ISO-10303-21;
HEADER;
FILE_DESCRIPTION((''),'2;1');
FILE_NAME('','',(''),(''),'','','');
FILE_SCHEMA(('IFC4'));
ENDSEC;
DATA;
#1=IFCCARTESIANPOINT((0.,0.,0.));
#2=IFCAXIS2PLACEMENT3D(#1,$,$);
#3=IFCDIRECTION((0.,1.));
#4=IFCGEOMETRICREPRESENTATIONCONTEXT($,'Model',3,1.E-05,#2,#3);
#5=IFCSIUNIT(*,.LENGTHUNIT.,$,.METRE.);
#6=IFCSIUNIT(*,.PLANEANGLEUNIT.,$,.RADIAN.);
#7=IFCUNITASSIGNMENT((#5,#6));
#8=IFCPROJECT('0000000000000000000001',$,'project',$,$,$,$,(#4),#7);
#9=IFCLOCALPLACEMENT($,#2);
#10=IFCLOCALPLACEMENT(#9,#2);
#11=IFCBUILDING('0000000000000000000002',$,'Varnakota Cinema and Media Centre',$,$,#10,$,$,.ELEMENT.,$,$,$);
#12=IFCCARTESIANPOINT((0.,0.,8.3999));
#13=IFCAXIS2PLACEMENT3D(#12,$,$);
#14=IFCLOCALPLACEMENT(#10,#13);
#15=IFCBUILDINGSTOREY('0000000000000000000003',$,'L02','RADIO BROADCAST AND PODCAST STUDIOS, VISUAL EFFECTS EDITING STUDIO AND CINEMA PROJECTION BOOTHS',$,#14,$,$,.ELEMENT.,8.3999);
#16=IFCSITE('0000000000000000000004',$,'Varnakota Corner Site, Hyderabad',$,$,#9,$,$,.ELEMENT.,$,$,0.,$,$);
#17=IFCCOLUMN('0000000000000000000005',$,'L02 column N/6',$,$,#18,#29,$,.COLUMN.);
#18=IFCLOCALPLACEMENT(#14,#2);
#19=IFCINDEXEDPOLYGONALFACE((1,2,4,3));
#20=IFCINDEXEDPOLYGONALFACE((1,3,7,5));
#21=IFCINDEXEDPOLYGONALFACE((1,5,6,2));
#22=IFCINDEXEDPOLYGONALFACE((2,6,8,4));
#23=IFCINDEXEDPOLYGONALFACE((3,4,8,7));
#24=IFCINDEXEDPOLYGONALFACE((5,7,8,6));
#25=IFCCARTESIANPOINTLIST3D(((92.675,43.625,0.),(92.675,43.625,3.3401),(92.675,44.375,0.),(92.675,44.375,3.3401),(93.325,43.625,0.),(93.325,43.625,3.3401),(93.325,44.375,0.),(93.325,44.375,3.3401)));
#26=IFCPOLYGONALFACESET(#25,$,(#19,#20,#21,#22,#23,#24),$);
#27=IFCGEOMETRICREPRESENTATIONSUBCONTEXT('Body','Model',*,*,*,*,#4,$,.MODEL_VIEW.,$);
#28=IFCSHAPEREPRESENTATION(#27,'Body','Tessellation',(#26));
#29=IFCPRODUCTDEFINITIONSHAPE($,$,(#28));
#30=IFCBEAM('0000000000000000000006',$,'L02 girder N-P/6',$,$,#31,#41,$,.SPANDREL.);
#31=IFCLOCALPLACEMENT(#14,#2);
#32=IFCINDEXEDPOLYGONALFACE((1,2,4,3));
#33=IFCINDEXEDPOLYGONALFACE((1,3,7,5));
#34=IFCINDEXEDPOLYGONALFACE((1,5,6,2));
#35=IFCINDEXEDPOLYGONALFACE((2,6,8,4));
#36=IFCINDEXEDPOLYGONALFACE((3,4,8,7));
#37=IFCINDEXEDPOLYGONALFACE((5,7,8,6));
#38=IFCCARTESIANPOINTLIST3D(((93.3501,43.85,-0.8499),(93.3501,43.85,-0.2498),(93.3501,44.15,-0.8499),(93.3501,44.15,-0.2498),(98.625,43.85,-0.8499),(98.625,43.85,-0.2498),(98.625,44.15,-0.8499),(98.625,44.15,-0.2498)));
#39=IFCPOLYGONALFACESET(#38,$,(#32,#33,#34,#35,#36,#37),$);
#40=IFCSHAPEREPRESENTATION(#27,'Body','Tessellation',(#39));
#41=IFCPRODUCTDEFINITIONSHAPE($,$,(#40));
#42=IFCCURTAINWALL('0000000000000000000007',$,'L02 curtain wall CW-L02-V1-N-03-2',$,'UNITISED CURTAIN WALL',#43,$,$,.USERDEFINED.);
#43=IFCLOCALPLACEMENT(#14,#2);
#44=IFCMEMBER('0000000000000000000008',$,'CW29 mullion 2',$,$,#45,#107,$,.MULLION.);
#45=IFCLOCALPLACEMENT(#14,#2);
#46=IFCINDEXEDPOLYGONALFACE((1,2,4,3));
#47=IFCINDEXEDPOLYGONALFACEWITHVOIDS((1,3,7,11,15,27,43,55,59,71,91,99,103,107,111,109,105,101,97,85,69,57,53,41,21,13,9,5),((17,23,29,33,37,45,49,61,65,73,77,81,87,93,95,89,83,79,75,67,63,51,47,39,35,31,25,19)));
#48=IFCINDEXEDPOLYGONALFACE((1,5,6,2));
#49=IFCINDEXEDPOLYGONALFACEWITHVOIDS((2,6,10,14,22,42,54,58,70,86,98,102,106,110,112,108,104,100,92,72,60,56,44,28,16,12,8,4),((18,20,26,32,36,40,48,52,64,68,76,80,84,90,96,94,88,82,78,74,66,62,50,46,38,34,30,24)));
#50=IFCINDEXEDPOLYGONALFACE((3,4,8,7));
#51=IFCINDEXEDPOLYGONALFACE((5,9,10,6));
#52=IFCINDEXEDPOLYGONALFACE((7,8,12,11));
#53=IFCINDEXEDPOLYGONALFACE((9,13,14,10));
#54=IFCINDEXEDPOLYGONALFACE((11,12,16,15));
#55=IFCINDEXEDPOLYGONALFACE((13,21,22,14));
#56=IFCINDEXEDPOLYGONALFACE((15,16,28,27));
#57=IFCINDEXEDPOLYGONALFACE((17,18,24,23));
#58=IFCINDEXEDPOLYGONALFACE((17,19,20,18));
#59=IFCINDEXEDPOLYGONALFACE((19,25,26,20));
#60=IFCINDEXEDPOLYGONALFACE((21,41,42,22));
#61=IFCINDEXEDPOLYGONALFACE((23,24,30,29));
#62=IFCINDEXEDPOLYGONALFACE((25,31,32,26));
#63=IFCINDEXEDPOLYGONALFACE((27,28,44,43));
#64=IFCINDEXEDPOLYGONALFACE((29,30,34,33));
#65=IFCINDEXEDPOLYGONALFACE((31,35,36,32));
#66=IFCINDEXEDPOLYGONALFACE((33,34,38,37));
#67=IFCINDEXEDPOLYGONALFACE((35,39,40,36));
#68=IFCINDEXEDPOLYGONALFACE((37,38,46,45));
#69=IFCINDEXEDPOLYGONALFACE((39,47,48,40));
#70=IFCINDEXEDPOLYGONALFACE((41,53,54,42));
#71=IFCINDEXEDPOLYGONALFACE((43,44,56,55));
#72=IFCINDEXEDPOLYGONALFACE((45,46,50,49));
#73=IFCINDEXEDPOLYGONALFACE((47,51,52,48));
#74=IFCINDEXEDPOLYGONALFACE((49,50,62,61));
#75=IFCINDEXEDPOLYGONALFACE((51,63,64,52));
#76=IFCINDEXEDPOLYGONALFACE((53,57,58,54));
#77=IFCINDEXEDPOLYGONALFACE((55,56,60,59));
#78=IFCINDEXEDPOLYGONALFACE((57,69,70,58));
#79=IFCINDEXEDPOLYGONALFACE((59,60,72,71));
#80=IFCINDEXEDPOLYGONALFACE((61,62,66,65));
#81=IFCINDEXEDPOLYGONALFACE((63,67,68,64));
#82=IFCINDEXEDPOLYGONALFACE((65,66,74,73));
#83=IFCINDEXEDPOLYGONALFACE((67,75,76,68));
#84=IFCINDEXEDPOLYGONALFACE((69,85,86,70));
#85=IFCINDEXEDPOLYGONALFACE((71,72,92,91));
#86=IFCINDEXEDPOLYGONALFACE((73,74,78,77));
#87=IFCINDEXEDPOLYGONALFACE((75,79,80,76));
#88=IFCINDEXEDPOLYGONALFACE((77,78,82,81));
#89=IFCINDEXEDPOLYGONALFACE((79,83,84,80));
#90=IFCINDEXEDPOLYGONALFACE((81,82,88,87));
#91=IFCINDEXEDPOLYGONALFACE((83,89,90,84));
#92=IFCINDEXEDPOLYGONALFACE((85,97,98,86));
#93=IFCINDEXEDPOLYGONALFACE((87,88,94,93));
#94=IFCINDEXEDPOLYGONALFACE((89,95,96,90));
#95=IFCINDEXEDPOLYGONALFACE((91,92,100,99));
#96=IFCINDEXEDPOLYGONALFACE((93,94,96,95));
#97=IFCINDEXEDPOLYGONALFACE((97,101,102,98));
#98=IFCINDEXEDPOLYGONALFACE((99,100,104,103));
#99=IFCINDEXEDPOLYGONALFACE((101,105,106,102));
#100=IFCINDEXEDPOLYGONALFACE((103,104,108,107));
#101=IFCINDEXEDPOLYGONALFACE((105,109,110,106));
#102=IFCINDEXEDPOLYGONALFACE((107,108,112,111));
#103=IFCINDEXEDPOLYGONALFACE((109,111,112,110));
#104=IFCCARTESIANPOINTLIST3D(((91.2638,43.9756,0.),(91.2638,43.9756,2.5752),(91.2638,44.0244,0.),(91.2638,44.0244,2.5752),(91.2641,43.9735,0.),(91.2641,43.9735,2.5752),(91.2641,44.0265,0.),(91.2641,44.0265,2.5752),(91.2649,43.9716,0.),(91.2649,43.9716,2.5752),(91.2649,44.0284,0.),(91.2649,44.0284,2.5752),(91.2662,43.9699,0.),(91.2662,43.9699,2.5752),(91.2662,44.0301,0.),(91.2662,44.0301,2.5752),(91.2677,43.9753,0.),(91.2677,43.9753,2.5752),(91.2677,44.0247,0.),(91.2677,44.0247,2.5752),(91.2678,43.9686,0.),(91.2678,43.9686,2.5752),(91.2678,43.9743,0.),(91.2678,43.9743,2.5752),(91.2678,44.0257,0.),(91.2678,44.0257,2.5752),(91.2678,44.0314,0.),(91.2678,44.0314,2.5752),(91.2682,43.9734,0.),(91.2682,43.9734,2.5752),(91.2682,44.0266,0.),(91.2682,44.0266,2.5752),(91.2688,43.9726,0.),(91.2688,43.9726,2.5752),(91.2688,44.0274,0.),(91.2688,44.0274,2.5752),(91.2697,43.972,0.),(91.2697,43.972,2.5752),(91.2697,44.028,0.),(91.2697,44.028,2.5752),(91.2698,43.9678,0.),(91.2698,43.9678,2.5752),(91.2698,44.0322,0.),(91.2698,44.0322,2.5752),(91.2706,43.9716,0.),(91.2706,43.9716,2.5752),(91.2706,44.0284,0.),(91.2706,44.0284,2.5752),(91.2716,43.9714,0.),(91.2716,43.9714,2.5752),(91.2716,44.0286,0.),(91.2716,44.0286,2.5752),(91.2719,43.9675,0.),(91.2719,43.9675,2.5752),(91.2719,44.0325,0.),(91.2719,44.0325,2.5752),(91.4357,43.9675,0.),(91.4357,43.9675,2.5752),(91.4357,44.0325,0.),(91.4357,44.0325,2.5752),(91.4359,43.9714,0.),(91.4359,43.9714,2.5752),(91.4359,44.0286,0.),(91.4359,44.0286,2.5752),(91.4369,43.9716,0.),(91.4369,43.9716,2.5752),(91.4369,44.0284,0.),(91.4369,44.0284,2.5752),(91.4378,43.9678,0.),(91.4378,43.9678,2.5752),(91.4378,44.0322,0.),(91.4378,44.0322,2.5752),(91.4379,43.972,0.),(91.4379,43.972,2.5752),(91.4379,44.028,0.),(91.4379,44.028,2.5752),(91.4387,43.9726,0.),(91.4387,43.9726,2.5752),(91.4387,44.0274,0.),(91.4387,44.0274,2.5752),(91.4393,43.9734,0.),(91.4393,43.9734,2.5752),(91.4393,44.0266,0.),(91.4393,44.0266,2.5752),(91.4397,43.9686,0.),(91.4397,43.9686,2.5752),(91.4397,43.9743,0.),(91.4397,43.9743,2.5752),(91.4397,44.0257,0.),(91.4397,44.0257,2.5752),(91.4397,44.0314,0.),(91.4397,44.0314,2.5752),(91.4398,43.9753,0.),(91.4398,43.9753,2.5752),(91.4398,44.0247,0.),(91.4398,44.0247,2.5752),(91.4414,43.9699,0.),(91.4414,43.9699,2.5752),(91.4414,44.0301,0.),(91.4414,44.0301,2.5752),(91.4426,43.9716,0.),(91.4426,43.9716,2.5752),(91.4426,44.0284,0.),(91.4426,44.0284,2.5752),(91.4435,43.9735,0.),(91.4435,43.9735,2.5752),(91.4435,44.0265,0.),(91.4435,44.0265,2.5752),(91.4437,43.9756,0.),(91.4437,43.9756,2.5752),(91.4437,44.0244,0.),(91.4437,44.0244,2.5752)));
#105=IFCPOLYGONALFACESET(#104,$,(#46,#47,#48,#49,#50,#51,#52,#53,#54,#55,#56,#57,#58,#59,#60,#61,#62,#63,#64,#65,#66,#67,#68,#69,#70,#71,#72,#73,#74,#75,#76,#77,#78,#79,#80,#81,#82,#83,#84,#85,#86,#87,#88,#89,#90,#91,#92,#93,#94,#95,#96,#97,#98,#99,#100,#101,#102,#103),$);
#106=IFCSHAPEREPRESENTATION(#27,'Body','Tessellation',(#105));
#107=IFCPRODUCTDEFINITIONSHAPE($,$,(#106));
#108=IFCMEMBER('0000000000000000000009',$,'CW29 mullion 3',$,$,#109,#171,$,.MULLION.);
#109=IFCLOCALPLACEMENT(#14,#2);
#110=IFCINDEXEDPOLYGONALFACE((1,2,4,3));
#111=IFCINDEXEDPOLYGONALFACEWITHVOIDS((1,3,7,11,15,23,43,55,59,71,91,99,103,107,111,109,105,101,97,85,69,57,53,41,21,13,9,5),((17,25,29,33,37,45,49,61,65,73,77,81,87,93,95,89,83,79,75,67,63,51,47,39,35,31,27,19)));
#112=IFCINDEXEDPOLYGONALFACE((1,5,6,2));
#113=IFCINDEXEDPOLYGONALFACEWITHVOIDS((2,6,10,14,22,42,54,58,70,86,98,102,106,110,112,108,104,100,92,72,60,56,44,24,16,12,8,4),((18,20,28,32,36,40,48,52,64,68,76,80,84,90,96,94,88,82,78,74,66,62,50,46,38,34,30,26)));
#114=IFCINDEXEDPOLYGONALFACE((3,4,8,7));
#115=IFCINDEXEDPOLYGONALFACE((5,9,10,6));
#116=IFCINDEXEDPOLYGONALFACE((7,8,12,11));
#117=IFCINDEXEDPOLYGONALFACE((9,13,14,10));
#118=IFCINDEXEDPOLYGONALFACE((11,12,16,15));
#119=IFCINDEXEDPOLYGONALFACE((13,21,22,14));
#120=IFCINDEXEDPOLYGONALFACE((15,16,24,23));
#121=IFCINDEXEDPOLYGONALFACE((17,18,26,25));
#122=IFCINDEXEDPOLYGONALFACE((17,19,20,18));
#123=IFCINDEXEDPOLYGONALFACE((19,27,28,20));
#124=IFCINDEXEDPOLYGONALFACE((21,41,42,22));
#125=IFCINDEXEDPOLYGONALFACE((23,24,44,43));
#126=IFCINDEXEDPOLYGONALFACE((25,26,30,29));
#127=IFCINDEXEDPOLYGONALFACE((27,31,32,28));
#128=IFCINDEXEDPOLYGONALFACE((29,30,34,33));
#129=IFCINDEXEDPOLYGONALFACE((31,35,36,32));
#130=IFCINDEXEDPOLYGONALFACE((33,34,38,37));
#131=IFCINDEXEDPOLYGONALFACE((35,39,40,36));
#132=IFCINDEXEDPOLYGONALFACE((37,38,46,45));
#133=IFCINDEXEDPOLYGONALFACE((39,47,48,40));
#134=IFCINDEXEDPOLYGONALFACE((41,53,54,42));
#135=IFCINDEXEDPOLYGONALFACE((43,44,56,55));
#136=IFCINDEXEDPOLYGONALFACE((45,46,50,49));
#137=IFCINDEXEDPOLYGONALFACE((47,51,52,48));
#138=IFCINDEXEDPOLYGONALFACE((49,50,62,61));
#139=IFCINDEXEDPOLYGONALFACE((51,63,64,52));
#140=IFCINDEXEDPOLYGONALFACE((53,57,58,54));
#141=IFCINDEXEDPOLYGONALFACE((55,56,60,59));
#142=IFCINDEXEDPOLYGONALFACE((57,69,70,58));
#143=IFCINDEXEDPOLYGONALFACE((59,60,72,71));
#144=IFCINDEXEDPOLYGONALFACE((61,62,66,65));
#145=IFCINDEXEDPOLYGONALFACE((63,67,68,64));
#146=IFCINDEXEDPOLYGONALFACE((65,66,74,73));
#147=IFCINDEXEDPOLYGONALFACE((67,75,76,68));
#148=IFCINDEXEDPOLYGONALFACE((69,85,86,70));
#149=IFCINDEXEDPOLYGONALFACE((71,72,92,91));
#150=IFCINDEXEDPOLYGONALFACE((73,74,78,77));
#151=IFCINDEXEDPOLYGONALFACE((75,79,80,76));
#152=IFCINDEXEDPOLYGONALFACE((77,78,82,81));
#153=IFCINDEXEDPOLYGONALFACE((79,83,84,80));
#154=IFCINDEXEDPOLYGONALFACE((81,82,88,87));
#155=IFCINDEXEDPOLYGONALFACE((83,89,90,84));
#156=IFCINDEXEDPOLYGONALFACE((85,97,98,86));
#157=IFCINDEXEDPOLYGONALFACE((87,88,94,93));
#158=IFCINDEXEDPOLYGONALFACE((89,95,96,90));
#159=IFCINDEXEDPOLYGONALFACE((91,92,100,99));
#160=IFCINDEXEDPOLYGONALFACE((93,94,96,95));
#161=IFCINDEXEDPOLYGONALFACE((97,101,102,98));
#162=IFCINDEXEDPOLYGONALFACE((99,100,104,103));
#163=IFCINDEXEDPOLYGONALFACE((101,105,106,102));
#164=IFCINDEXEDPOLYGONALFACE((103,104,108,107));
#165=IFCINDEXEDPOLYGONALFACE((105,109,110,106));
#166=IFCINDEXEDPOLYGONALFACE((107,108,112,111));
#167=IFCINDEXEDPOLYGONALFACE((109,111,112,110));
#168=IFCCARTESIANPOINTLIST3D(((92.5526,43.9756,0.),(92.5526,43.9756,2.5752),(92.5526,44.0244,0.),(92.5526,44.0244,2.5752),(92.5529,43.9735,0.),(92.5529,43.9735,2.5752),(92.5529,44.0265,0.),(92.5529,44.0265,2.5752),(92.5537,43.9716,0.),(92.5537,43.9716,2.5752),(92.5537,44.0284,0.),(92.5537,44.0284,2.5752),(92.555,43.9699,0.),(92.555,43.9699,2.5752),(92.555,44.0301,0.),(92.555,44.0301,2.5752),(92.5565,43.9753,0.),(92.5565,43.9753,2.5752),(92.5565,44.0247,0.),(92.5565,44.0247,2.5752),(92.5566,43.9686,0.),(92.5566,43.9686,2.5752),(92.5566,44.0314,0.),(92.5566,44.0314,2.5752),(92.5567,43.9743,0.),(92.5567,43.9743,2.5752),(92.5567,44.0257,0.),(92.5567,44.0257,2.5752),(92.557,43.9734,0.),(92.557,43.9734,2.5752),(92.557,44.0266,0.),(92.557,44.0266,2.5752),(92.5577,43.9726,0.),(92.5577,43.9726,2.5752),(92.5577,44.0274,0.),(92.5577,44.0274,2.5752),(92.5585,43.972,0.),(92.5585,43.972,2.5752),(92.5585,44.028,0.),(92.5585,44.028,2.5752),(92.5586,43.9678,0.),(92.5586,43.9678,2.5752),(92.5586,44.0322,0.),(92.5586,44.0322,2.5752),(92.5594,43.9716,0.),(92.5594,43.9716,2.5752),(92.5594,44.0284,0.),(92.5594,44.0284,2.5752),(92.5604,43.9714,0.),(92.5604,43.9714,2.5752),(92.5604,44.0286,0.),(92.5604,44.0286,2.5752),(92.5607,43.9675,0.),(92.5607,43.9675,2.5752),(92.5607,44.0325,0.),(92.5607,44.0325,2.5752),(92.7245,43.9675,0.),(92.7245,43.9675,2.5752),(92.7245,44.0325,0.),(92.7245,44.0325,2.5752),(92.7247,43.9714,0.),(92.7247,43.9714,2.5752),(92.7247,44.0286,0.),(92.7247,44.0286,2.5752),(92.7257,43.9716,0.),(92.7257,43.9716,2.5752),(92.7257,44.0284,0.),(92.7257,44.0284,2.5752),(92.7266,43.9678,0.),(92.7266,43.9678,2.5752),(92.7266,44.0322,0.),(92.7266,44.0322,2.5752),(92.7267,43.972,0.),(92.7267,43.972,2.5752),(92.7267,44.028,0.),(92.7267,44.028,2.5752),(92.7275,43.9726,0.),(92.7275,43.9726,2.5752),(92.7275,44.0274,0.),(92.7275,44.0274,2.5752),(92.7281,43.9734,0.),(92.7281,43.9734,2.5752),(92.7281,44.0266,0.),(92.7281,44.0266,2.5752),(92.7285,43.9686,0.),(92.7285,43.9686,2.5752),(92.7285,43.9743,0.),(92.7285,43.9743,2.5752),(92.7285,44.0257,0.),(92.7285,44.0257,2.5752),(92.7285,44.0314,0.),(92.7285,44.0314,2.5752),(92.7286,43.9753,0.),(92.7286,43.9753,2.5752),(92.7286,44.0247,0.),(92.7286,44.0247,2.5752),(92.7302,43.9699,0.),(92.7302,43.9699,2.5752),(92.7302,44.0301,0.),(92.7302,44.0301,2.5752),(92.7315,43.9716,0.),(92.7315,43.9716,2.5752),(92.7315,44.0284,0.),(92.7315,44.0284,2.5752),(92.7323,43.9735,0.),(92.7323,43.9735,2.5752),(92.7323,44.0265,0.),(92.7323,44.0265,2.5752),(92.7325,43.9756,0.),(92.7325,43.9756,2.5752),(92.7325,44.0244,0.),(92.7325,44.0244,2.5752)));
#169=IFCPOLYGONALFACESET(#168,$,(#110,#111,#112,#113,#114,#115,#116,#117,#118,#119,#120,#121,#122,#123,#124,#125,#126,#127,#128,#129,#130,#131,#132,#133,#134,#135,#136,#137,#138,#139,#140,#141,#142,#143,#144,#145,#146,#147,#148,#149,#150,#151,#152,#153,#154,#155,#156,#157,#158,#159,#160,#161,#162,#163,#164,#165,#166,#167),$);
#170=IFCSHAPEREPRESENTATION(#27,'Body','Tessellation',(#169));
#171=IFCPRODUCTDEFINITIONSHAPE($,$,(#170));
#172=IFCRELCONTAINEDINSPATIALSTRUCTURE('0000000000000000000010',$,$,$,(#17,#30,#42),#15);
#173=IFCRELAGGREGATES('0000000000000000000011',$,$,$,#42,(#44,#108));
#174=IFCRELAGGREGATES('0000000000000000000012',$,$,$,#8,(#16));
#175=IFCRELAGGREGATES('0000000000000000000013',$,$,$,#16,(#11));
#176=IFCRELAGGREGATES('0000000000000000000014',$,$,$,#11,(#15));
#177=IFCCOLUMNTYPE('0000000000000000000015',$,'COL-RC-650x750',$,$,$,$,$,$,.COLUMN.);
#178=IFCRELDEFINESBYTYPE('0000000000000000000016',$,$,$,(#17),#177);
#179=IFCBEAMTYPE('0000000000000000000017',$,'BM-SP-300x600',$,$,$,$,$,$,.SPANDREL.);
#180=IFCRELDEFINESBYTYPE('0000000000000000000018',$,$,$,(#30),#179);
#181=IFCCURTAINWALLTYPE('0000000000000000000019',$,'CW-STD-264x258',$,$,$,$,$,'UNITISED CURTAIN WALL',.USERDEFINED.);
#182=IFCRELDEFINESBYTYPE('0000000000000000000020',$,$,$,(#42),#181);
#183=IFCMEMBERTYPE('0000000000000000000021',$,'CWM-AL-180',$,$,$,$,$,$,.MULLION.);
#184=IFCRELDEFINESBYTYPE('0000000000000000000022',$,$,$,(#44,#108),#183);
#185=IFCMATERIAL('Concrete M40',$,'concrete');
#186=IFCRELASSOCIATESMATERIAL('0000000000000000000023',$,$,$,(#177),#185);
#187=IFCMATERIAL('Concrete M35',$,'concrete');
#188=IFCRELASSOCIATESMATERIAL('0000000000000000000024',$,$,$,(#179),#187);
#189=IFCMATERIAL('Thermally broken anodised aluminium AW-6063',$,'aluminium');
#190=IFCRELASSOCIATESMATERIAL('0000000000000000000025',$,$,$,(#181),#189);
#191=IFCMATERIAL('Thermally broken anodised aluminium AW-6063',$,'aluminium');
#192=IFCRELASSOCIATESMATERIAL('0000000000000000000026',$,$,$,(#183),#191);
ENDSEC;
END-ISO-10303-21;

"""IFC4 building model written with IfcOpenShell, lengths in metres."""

from ifc_helpers import new_model, si_unit, direction, frame, origin, origin_2d, place, context, subcontext, project, spatial, rectangle, hollow_rectangle, extrude, material, material_profile, profile_set, type_object, element, aggregate, save


model = new_model("IFC4")

# Units and contexts
model_context = context("Model", 3, precision=1e-05, world=origin(), true_north=direction((0.0, 1.0)))
body_context = subcontext(model_context, "Body", "Model", "MODEL_VIEW")
ifc_project = project(units=[si_unit("LENGTHUNIT", "METRE"), si_unit("PLANEANGLEUNIT", "RADIAN")], contexts=[model_context])

# Site, building, storey
site_placement = place(None, origin())
site = spatial("IfcSite", under=ifc_project, at=site_placement, Name="Varnakota Corner Site, Hyderabad", CompositionType="ELEMENT", RefElevation=0.0)
building_placement = place(site_placement, origin())
building = spatial("IfcBuilding", under=site, at=building_placement, Name="Varnakota Cinema and Media Centre", CompositionType="ELEMENT")
storey_placement = place(building_placement, frame((0.0, 0.0, 8.3999)))
storey = spatial("IfcBuildingStorey", under=building, at=storey_placement, Name="L02", Description="RADIO BROADCAST AND PODCAST STUDIOS, VISUAL EFFECTS EDITING STUDIO AND CINEMA PROJECTION BOOTHS", CompositionType="ELEMENT", Elevation=8.3999)

# Column
ifc_material_1 = material(Name="Concrete M40", Category="concrete")
ifc_material_profile_1 = material_profile(ifc_material_1, rectangle(XDim=0.6499, YDim=0.75, at=origin_2d()), Name="RC 650x750")
ifc_profile_set_1 = profile_set([ifc_material_profile_1], Name="Concrete M40")
column_type = type_object("IfcColumnType", Name="COL-RC-650x750", PredefinedType="COLUMN", material=ifc_profile_set_1)
column_placement = place(storey_placement, frame((93.0, 44.0, 0.0), z_axis=(0.0, 0.0, 1.0), x_axis=(1.0, 0.0, 0.0)))
element("IfcColumn", 1, at=column_placement, inside=storey, type_object=column_type, Name="L02 column N/6", PredefinedType="COLUMN", context=body_context, shape_type="SweptSolid", body=[
    extrude(rectangle(XDim=0.6499, YDim=0.75, at=origin_2d()), origin(), (0.0, 0.0, 1.0), 3.3401),
])

# Beam
ifc_material_2 = material(Name="Concrete M35", Category="concrete")
ifc_material_profile_2 = material_profile(ifc_material_2, rectangle(XDim=0.3, YDim=0.6001, at=origin_2d()), Name="RCB 300x600")
ifc_profile_set_2 = profile_set([ifc_material_profile_2], Name="Concrete M35")
beam_type = type_object("IfcBeamType", Name="BM-SP-300x600", PredefinedType="SPANDREL", material=ifc_profile_set_2)
beam_placement = place(storey_placement, frame((93.3501, 44.0, -0.5498), z_axis=(1.0, 0.0, 0.0), x_axis=(0.0, 1.0, 0.0)))
element("IfcBeam", 2, at=beam_placement, inside=storey, type_object=beam_type, Name="L02 girder N-P/6", PredefinedType="SPANDREL", context=body_context, shape_type="SweptSolid", body=[
    extrude(rectangle(XDim=0.3, YDim=0.6001, at=origin_2d()), origin(), (0.0, 0.0, 1.0), 5.2749),
])

# Curtain wall, members
ifc_material_3 = material(Name="Thermally broken anodised aluminium AW-6063", Category="aluminium")
curtain_wall_type = type_object("IfcCurtainWallType", Name="CW-STD-264x258", ElementType="UNITISED CURTAIN WALL", PredefinedType="USERDEFINED", material=ifc_material_3)
curtain_wall_1_placement = place(storey_placement, origin())
curtain_wall_1 = element("IfcCurtainWall", 3, at=curtain_wall_1_placement, inside=storey, type_object=curtain_wall_type, Name="L02 curtain wall CW-L02-V1-N-03-2", ObjectType="UNITISED CURTAIN WALL", PredefinedType="USERDEFINED")
ifc_material_4 = material(Name="Thermally broken anodised aluminium AW-6063", Category="aluminium")
ifc_material_profile_3 = material_profile(ifc_material_4, hollow_rectangle(XDim=0.0649, YDim=0.1799, WallThickness=0.0039, InnerFilletRadius=0.0039, OuterFilletRadius=0.0081, at=origin_2d()), Name="AL-MULLION 180x65x4")
ifc_profile_set_3 = profile_set([ifc_material_profile_3], Name="Thermally broken anodised aluminium AW-6063")
member_type_1 = type_object("IfcMemberType", Name="CWM-AL-180", PredefinedType="MULLION", material=ifc_profile_set_3)
member_1_placement = place(storey_placement, frame((91.3538, 44.0, 0.0), z_axis=(0.0, 0.0, 1.0), x_axis=(0.0, 1.0, 0.0)))
member_1 = element("IfcMember", 4, at=member_1_placement, type_object=member_type_1, Name="CW29 mullion 2", PredefinedType="MULLION", context=body_context, shape_type="SweptSolid", body=[
    extrude(hollow_rectangle(XDim=0.0649, YDim=0.1799, WallThickness=0.0039, InnerFilletRadius=0.0039, OuterFilletRadius=0.0081, at=origin_2d()), origin(), (0.0, 0.0, 1.0), 2.5752),
])
member_2_placement = place(storey_placement, frame((92.6426, 44.0, 0.0), z_axis=(0.0, 0.0, 1.0), x_axis=(0.0, 1.0, 0.0)))
member_2 = element("IfcMember", 5, at=member_2_placement, type_object=member_type_1, Name="CW29 mullion 3", PredefinedType="MULLION", context=body_context, shape_type="SweptSolid", body=[
    extrude(hollow_rectangle(XDim=0.0649, YDim=0.1799, WallThickness=0.0039, InnerFilletRadius=0.0039, OuterFilletRadius=0.0081, at=origin_2d()), origin(), (0.0, 0.0, 1.0), 2.5752),
])

aggregate(curtain_wall_1, [member_1, member_2])

save(model, "model.ifc")
